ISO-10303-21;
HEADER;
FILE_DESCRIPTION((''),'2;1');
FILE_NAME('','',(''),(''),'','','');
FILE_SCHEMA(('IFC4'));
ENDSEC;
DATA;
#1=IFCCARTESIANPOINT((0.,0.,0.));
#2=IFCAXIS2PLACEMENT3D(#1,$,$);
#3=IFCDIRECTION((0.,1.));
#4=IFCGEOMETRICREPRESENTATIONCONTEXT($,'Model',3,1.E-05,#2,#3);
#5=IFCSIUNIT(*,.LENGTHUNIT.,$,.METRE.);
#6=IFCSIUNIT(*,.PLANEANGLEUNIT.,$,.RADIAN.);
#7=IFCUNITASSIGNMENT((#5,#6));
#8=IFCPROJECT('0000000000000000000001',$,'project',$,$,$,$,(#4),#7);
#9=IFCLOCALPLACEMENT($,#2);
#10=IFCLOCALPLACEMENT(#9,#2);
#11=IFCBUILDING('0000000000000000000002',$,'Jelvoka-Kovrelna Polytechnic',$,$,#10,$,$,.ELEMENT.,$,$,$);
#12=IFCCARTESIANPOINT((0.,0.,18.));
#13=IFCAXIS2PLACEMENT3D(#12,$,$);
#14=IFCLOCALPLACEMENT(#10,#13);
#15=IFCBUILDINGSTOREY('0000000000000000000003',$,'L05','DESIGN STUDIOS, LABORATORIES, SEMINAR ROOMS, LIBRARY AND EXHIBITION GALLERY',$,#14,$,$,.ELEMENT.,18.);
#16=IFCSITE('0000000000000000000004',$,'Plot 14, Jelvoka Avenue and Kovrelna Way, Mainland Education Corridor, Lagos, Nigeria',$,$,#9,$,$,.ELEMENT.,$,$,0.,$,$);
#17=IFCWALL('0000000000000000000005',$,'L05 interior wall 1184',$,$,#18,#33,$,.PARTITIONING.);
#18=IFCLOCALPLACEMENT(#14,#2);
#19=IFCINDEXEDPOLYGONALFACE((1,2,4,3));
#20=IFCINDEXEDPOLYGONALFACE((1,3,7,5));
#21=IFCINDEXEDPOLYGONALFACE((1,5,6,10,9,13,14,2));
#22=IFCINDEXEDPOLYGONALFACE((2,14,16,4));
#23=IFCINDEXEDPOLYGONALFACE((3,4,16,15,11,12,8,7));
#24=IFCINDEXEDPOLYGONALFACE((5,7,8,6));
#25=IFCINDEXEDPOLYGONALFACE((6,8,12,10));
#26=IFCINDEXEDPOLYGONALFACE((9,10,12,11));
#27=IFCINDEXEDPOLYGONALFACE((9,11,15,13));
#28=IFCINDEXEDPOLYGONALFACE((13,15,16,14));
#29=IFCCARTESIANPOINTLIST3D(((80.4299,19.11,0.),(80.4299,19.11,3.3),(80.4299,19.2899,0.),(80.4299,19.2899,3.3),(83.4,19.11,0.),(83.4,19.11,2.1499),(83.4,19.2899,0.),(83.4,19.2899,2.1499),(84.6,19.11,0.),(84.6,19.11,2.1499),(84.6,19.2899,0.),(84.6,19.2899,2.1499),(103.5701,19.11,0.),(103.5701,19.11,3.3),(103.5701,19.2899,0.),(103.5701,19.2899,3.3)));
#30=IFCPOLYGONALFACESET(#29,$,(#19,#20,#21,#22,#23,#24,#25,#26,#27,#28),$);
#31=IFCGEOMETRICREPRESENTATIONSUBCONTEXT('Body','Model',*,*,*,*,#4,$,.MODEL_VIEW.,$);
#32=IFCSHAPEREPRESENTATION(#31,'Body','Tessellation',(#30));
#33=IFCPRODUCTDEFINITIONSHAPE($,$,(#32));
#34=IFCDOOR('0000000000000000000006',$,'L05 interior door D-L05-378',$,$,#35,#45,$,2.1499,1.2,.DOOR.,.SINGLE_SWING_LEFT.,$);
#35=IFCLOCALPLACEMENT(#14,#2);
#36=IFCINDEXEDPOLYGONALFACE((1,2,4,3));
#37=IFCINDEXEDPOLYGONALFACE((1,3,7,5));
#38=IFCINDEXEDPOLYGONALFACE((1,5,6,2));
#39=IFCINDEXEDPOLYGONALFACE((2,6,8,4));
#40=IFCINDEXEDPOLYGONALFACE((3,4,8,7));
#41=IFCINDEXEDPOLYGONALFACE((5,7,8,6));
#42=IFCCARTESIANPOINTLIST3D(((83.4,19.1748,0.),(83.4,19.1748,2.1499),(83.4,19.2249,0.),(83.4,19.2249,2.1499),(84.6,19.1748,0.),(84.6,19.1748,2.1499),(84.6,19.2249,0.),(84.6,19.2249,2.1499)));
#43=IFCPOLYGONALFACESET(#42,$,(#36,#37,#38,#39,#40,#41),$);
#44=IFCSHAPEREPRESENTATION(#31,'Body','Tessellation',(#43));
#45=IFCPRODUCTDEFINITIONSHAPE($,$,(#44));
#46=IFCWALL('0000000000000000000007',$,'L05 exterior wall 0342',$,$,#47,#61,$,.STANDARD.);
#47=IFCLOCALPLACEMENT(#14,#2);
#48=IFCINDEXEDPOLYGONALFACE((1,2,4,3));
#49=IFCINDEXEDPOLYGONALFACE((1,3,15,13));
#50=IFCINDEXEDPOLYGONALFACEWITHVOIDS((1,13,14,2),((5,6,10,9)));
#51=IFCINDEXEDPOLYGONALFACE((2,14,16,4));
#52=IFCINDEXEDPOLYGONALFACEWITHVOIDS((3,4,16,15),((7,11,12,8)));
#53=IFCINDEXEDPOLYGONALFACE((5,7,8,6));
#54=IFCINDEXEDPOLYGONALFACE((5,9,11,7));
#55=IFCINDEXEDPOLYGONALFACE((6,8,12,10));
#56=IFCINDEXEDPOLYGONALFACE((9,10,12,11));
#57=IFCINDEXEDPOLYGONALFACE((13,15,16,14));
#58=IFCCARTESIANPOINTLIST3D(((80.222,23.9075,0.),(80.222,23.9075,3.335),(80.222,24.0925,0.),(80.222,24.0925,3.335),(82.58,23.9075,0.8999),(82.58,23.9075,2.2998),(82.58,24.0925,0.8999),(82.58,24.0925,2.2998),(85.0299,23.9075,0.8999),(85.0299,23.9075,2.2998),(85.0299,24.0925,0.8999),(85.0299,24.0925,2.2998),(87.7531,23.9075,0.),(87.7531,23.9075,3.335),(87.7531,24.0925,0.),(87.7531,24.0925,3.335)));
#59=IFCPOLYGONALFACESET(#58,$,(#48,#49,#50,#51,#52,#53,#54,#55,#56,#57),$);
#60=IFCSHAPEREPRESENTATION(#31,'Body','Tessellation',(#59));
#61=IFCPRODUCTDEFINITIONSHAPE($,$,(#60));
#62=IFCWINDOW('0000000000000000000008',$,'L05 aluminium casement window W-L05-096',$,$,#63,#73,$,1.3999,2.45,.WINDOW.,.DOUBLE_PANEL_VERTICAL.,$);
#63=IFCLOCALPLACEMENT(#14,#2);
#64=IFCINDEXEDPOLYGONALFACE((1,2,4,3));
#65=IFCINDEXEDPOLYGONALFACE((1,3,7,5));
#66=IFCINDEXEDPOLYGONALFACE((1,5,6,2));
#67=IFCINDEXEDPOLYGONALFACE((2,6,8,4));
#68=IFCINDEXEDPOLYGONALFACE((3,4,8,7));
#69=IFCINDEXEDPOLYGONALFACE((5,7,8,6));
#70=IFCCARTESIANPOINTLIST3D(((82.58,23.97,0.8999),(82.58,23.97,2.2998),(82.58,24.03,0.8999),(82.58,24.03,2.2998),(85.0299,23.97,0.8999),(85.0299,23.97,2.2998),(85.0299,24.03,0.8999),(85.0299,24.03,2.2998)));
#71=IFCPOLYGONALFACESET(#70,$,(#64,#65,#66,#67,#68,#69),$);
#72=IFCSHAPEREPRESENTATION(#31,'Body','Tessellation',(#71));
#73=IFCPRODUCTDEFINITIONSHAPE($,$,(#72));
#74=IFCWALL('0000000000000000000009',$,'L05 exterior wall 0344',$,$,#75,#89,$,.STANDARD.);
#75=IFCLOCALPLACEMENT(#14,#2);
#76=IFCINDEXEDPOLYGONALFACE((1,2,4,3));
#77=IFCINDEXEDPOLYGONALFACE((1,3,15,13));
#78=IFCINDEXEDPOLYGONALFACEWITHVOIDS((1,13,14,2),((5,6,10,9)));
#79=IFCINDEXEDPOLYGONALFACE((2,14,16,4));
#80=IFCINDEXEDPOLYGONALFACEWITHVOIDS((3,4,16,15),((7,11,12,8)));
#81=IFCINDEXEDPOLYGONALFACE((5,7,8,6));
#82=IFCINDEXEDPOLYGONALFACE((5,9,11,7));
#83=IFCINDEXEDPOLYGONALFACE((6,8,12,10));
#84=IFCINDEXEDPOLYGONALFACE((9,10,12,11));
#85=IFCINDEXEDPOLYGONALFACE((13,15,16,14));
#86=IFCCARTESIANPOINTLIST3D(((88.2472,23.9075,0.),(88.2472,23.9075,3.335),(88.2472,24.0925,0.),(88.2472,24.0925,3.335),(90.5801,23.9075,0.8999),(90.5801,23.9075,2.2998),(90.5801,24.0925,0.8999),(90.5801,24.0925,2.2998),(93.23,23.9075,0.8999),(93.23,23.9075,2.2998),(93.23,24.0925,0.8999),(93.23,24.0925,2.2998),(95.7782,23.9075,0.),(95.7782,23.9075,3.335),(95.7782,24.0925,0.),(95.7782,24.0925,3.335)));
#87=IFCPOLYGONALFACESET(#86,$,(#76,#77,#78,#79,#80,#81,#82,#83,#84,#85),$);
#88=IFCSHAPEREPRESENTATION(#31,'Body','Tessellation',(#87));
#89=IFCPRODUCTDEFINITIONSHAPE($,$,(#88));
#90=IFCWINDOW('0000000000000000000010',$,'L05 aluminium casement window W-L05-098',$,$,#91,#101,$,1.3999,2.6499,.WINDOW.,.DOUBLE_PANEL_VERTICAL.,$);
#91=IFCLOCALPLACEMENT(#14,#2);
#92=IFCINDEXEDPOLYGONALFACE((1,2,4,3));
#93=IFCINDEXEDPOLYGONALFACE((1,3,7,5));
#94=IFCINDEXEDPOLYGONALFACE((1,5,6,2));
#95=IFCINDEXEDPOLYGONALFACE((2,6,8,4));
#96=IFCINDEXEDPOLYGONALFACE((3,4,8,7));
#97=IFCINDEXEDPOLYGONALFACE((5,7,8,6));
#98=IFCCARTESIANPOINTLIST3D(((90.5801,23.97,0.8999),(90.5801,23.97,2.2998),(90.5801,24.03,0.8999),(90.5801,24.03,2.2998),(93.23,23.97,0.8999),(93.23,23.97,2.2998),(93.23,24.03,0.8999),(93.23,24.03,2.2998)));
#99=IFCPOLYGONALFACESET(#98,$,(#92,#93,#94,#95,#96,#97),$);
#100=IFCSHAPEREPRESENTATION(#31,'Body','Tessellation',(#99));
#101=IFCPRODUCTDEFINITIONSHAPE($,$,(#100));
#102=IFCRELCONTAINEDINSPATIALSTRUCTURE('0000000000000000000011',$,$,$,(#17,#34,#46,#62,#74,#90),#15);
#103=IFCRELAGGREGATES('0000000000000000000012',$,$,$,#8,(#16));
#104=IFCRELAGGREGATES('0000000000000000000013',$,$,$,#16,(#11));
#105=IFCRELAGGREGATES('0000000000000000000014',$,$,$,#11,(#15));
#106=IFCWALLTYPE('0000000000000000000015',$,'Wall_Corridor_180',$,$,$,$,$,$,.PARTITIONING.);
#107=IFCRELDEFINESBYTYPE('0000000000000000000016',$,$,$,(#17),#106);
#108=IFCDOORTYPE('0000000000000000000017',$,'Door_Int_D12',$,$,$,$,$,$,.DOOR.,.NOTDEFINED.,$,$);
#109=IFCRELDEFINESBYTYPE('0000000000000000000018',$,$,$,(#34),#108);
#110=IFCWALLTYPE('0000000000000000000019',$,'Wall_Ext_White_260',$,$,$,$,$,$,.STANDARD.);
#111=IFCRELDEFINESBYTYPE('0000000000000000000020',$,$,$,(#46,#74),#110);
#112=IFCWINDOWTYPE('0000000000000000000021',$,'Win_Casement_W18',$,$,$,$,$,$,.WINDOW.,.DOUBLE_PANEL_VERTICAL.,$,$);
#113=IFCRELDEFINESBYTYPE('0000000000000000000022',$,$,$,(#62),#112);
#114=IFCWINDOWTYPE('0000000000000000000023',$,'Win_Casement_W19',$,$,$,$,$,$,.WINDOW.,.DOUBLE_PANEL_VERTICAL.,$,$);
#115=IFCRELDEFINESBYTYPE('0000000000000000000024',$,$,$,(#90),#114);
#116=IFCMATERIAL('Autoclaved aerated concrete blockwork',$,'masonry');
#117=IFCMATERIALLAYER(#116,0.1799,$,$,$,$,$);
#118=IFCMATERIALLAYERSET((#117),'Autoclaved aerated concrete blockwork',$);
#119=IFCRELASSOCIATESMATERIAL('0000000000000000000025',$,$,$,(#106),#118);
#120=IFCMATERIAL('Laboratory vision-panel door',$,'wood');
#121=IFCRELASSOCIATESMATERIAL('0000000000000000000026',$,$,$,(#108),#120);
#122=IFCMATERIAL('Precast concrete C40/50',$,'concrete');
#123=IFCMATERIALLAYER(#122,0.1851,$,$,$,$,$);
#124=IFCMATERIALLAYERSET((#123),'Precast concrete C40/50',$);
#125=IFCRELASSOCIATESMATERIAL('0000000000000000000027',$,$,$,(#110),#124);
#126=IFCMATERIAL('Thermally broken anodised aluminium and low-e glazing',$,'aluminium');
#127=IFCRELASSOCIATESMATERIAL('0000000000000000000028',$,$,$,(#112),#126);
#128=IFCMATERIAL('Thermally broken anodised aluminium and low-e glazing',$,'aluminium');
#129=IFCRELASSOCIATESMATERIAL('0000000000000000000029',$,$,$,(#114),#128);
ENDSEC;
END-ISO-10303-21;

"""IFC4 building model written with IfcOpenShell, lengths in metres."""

from ifc_helpers import new_model, si_unit, direction, frame, frame_2d, origin, place, context, subcontext, project, spatial, rectangle, extrude, material, layer, layer_set, type_object, element, fill, save


model = new_model("IFC4")

# Units and contexts
model_context = context("Model", 3, precision=1e-05, world=origin(), true_north=direction((0.0, 1.0)))
body_context = subcontext(model_context, "Body", "Model", "MODEL_VIEW")
ifc_project = project(units=[si_unit("LENGTHUNIT", "METRE"), si_unit("PLANEANGLEUNIT", "RADIAN")], contexts=[model_context])

# Site, building, storey
site_placement = place(None, origin())
site = spatial("IfcSite", under=ifc_project, at=site_placement, Name="Plot 14, Jelvoka Avenue and Kovrelna Way, Mainland Education Corridor, Lagos, Nigeria", CompositionType="ELEMENT", RefElevation=0.0)
building_placement = place(site_placement, origin())
building = spatial("IfcBuilding", under=site, at=building_placement, Name="Jelvoka-Kovrelna Polytechnic", CompositionType="ELEMENT")
storey_placement = place(building_placement, frame((0.0, 0.0, 18.0)))
storey = spatial("IfcBuildingStorey", under=building, at=storey_placement, Name="L05", Description="DESIGN STUDIOS, LABORATORIES, SEMINAR ROOMS, LIBRARY AND EXHIBITION GALLERY", CompositionType="ELEMENT", Elevation=18.0)

# Wall, opening, door
ifc_material_1 = material(Name="Autoclaved aerated concrete blockwork", Category="masonry")
ifc_layer_1 = layer(ifc_material_1, 0.1799)
ifc_layer_set_1 = layer_set([ifc_layer_1], Name="Autoclaved aerated concrete blockwork")
wall_type_1 = type_object("IfcWallType", Name="Wall_Corridor_180", PredefinedType="PARTITIONING", material=ifc_layer_set_1)
wall_1_placement = place(storey_placement, frame((80.4299, 19.2, 0.0), z_axis=(0.0, 0.0, 1.0), x_axis=(1.0, 0.0, 0.0)))
wall_1 = element("IfcWall", 1, at=wall_1_placement, inside=storey, type_object=wall_type_1, Name="L05 interior wall 1184", PredefinedType="PARTITIONING", context=body_context, shape_type="SweptSolid", body=[
    extrude(rectangle(XDim=23.1401, YDim=0.1799, at=frame_2d((11.5701, 0.0))), origin(), (0.0, 0.0, 1.0), 3.3),
])
opening_1_placement = place(wall_1_placement, frame((2.97, 0.0, 0.0)))
opening_1 = element("IfcOpeningElement", 2, at=opening_1_placement, cuts=wall_1, PredefinedType="OPENING", context=body_context, shape_type="SweptSolid", body=[
    extrude(rectangle(XDim=1.2, YDim=2.1499, at=frame_2d((0.6001, 1.075))), frame((0.0, 0.0999, 0.0), z_axis=(0.0, -1.0, 0.0), x_axis=(1.0, 0.0, 0.0)), (0.0, 0.0, 1.0), 0.2),
])
ifc_material_2 = material(Name="Laboratory vision-panel door", Category="wood")
door_type = type_object("IfcDoorType", Name="Door_Int_D12", OperationType="NOTDEFINED", PredefinedType="DOOR", material=ifc_material_2)
door_placement = place(opening_1_placement, origin())
door = element("IfcDoor", 3, at=door_placement, inside=storey, type_object=door_type, Name="L05 interior door D-L05-378", OperationType="SINGLE_SWING_LEFT", OverallHeight=2.1499, OverallWidth=1.2, PredefinedType="DOOR", context=body_context, shape_type="SweptSolid", body=[
    extrude(rectangle(XDim=1.2, YDim=2.1499, at=frame_2d((0.6001, 1.075))), frame((0.0, 0.0249, 0.0), z_axis=(0.0, -1.0, 0.0), x_axis=(1.0, 0.0, 0.0)), (0.0, 0.0, 1.0), 0.05),
])
fill(opening_1, door)

# Walls, openings, windows
ifc_material_3 = material(Name="Precast concrete C40/50", Category="concrete")
ifc_layer_2 = layer(ifc_material_3, 0.1851)
ifc_layer_set_2 = layer_set([ifc_layer_2], Name="Precast concrete C40/50")
wall_type_2 = type_object("IfcWallType", Name="Wall_Ext_White_260", PredefinedType="STANDARD", material=ifc_layer_set_2)
wall_2_placement = place(storey_placement, frame((80.2219, 24.0, 0.0), z_axis=(0.0, 0.0, 1.0), x_axis=(1.0, 0.0, 0.0)))
wall_2 = element("IfcWall", 4, at=wall_2_placement, inside=storey, type_object=wall_type_2, Name="L05 exterior wall 0342", PredefinedType="STANDARD", context=body_context, shape_type="SweptSolid", body=[
    extrude(rectangle(XDim=7.531, YDim=0.1851, at=frame_2d((3.7656, 0.0))), origin(), (0.0, 0.0, 1.0), 3.335),
])
opening_2_placement = place(wall_2_placement, frame((2.3579, 0.0, 0.8999)))
opening_2 = element("IfcOpeningElement", 5, at=opening_2_placement, cuts=wall_2, PredefinedType="OPENING", context=body_context, shape_type="SweptSolid", body=[
    extrude(rectangle(XDim=2.45, YDim=1.3999, at=frame_2d((1.2251, 0.7))), frame((0.0, 0.1025, 0.0), z_axis=(0.0, -1.0, 0.0), x_axis=(1.0, 0.0, 0.0)), (0.0, 0.0, 1.0), 0.2051),
])
ifc_material_4 = material(Name="Thermally broken anodised aluminium and low-e glazing", Category="aluminium")
window_type_1 = type_object("IfcWindowType", Name="Win_Casement_W18", PartitioningType="DOUBLE_PANEL_VERTICAL", PredefinedType="WINDOW", material=ifc_material_4)
window_1_placement = place(opening_2_placement, origin())
window_1 = element("IfcWindow", 6, at=window_1_placement, inside=storey, type_object=window_type_1, Name="L05 aluminium casement window W-L05-096", OverallHeight=1.3999, OverallWidth=2.45, PartitioningType="DOUBLE_PANEL_VERTICAL", PredefinedType="WINDOW", context=body_context, shape_type="SweptSolid", body=[
    extrude(rectangle(XDim=2.45, YDim=1.3999, at=frame_2d((1.2251, 0.7))), frame((0.0, 0.03, 0.0), z_axis=(0.0, -1.0, 0.0), x_axis=(1.0, 0.0, 0.0)), (0.0, 0.0, 1.0), 0.0601),
])
fill(opening_2, window_1)
wall_3_placement = place(storey_placement, frame((88.2471, 24.0, 0.0), z_axis=(0.0, 0.0, 1.0), x_axis=(1.0, 0.0, 0.0)))
wall_3 = element("IfcWall", 7, at=wall_3_placement, inside=storey, type_object=wall_type_2, Name="L05 exterior wall 0344", PredefinedType="STANDARD", context=body_context, shape_type="SweptSolid", body=[
    extrude(rectangle(XDim=7.531, YDim=0.1851, at=frame_2d((3.7656, 0.0))), origin(), (0.0, 0.0, 1.0), 3.335),
])
opening_3_placement = place(wall_3_placement, frame((2.333, 0.0, 0.8999)))
opening_3 = element("IfcOpeningElement", 8, at=opening_3_placement, cuts=wall_3, PredefinedType="OPENING", context=body_context, shape_type="SweptSolid", body=[
    extrude(rectangle(XDim=2.6499, YDim=1.3999, at=frame_2d((1.325, 0.7))), frame((0.0, 0.1025, 0.0), z_axis=(0.0, -1.0, 0.0), x_axis=(1.0, 0.0, 0.0)), (0.0, 0.0, 1.0), 0.2051),
])
ifc_material_5 = material(Name="Thermally broken anodised aluminium and low-e glazing", Category="aluminium")
window_type_2 = type_object("IfcWindowType", Name="Win_Casement_W19", PartitioningType="DOUBLE_PANEL_VERTICAL", PredefinedType="WINDOW", material=ifc_material_5)
window_2_placement = place(opening_3_placement, origin())
window_2 = element("IfcWindow", 9, at=window_2_placement, inside=storey, type_object=window_type_2, Name="L05 aluminium casement window W-L05-098", OverallHeight=1.3999, OverallWidth=2.6499, PartitioningType="DOUBLE_PANEL_VERTICAL", PredefinedType="WINDOW", context=body_context, shape_type="SweptSolid", body=[
    extrude(rectangle(XDim=2.6499, YDim=1.3999, at=frame_2d((1.325, 0.7))), frame((0.0, 0.03, 0.0), z_axis=(0.0, -1.0, 0.0), x_axis=(1.0, 0.0, 0.0)), (0.0, 0.0, 1.0), 0.0601),
])
fill(opening_3, window_2)

save(model, "model.ifc")
